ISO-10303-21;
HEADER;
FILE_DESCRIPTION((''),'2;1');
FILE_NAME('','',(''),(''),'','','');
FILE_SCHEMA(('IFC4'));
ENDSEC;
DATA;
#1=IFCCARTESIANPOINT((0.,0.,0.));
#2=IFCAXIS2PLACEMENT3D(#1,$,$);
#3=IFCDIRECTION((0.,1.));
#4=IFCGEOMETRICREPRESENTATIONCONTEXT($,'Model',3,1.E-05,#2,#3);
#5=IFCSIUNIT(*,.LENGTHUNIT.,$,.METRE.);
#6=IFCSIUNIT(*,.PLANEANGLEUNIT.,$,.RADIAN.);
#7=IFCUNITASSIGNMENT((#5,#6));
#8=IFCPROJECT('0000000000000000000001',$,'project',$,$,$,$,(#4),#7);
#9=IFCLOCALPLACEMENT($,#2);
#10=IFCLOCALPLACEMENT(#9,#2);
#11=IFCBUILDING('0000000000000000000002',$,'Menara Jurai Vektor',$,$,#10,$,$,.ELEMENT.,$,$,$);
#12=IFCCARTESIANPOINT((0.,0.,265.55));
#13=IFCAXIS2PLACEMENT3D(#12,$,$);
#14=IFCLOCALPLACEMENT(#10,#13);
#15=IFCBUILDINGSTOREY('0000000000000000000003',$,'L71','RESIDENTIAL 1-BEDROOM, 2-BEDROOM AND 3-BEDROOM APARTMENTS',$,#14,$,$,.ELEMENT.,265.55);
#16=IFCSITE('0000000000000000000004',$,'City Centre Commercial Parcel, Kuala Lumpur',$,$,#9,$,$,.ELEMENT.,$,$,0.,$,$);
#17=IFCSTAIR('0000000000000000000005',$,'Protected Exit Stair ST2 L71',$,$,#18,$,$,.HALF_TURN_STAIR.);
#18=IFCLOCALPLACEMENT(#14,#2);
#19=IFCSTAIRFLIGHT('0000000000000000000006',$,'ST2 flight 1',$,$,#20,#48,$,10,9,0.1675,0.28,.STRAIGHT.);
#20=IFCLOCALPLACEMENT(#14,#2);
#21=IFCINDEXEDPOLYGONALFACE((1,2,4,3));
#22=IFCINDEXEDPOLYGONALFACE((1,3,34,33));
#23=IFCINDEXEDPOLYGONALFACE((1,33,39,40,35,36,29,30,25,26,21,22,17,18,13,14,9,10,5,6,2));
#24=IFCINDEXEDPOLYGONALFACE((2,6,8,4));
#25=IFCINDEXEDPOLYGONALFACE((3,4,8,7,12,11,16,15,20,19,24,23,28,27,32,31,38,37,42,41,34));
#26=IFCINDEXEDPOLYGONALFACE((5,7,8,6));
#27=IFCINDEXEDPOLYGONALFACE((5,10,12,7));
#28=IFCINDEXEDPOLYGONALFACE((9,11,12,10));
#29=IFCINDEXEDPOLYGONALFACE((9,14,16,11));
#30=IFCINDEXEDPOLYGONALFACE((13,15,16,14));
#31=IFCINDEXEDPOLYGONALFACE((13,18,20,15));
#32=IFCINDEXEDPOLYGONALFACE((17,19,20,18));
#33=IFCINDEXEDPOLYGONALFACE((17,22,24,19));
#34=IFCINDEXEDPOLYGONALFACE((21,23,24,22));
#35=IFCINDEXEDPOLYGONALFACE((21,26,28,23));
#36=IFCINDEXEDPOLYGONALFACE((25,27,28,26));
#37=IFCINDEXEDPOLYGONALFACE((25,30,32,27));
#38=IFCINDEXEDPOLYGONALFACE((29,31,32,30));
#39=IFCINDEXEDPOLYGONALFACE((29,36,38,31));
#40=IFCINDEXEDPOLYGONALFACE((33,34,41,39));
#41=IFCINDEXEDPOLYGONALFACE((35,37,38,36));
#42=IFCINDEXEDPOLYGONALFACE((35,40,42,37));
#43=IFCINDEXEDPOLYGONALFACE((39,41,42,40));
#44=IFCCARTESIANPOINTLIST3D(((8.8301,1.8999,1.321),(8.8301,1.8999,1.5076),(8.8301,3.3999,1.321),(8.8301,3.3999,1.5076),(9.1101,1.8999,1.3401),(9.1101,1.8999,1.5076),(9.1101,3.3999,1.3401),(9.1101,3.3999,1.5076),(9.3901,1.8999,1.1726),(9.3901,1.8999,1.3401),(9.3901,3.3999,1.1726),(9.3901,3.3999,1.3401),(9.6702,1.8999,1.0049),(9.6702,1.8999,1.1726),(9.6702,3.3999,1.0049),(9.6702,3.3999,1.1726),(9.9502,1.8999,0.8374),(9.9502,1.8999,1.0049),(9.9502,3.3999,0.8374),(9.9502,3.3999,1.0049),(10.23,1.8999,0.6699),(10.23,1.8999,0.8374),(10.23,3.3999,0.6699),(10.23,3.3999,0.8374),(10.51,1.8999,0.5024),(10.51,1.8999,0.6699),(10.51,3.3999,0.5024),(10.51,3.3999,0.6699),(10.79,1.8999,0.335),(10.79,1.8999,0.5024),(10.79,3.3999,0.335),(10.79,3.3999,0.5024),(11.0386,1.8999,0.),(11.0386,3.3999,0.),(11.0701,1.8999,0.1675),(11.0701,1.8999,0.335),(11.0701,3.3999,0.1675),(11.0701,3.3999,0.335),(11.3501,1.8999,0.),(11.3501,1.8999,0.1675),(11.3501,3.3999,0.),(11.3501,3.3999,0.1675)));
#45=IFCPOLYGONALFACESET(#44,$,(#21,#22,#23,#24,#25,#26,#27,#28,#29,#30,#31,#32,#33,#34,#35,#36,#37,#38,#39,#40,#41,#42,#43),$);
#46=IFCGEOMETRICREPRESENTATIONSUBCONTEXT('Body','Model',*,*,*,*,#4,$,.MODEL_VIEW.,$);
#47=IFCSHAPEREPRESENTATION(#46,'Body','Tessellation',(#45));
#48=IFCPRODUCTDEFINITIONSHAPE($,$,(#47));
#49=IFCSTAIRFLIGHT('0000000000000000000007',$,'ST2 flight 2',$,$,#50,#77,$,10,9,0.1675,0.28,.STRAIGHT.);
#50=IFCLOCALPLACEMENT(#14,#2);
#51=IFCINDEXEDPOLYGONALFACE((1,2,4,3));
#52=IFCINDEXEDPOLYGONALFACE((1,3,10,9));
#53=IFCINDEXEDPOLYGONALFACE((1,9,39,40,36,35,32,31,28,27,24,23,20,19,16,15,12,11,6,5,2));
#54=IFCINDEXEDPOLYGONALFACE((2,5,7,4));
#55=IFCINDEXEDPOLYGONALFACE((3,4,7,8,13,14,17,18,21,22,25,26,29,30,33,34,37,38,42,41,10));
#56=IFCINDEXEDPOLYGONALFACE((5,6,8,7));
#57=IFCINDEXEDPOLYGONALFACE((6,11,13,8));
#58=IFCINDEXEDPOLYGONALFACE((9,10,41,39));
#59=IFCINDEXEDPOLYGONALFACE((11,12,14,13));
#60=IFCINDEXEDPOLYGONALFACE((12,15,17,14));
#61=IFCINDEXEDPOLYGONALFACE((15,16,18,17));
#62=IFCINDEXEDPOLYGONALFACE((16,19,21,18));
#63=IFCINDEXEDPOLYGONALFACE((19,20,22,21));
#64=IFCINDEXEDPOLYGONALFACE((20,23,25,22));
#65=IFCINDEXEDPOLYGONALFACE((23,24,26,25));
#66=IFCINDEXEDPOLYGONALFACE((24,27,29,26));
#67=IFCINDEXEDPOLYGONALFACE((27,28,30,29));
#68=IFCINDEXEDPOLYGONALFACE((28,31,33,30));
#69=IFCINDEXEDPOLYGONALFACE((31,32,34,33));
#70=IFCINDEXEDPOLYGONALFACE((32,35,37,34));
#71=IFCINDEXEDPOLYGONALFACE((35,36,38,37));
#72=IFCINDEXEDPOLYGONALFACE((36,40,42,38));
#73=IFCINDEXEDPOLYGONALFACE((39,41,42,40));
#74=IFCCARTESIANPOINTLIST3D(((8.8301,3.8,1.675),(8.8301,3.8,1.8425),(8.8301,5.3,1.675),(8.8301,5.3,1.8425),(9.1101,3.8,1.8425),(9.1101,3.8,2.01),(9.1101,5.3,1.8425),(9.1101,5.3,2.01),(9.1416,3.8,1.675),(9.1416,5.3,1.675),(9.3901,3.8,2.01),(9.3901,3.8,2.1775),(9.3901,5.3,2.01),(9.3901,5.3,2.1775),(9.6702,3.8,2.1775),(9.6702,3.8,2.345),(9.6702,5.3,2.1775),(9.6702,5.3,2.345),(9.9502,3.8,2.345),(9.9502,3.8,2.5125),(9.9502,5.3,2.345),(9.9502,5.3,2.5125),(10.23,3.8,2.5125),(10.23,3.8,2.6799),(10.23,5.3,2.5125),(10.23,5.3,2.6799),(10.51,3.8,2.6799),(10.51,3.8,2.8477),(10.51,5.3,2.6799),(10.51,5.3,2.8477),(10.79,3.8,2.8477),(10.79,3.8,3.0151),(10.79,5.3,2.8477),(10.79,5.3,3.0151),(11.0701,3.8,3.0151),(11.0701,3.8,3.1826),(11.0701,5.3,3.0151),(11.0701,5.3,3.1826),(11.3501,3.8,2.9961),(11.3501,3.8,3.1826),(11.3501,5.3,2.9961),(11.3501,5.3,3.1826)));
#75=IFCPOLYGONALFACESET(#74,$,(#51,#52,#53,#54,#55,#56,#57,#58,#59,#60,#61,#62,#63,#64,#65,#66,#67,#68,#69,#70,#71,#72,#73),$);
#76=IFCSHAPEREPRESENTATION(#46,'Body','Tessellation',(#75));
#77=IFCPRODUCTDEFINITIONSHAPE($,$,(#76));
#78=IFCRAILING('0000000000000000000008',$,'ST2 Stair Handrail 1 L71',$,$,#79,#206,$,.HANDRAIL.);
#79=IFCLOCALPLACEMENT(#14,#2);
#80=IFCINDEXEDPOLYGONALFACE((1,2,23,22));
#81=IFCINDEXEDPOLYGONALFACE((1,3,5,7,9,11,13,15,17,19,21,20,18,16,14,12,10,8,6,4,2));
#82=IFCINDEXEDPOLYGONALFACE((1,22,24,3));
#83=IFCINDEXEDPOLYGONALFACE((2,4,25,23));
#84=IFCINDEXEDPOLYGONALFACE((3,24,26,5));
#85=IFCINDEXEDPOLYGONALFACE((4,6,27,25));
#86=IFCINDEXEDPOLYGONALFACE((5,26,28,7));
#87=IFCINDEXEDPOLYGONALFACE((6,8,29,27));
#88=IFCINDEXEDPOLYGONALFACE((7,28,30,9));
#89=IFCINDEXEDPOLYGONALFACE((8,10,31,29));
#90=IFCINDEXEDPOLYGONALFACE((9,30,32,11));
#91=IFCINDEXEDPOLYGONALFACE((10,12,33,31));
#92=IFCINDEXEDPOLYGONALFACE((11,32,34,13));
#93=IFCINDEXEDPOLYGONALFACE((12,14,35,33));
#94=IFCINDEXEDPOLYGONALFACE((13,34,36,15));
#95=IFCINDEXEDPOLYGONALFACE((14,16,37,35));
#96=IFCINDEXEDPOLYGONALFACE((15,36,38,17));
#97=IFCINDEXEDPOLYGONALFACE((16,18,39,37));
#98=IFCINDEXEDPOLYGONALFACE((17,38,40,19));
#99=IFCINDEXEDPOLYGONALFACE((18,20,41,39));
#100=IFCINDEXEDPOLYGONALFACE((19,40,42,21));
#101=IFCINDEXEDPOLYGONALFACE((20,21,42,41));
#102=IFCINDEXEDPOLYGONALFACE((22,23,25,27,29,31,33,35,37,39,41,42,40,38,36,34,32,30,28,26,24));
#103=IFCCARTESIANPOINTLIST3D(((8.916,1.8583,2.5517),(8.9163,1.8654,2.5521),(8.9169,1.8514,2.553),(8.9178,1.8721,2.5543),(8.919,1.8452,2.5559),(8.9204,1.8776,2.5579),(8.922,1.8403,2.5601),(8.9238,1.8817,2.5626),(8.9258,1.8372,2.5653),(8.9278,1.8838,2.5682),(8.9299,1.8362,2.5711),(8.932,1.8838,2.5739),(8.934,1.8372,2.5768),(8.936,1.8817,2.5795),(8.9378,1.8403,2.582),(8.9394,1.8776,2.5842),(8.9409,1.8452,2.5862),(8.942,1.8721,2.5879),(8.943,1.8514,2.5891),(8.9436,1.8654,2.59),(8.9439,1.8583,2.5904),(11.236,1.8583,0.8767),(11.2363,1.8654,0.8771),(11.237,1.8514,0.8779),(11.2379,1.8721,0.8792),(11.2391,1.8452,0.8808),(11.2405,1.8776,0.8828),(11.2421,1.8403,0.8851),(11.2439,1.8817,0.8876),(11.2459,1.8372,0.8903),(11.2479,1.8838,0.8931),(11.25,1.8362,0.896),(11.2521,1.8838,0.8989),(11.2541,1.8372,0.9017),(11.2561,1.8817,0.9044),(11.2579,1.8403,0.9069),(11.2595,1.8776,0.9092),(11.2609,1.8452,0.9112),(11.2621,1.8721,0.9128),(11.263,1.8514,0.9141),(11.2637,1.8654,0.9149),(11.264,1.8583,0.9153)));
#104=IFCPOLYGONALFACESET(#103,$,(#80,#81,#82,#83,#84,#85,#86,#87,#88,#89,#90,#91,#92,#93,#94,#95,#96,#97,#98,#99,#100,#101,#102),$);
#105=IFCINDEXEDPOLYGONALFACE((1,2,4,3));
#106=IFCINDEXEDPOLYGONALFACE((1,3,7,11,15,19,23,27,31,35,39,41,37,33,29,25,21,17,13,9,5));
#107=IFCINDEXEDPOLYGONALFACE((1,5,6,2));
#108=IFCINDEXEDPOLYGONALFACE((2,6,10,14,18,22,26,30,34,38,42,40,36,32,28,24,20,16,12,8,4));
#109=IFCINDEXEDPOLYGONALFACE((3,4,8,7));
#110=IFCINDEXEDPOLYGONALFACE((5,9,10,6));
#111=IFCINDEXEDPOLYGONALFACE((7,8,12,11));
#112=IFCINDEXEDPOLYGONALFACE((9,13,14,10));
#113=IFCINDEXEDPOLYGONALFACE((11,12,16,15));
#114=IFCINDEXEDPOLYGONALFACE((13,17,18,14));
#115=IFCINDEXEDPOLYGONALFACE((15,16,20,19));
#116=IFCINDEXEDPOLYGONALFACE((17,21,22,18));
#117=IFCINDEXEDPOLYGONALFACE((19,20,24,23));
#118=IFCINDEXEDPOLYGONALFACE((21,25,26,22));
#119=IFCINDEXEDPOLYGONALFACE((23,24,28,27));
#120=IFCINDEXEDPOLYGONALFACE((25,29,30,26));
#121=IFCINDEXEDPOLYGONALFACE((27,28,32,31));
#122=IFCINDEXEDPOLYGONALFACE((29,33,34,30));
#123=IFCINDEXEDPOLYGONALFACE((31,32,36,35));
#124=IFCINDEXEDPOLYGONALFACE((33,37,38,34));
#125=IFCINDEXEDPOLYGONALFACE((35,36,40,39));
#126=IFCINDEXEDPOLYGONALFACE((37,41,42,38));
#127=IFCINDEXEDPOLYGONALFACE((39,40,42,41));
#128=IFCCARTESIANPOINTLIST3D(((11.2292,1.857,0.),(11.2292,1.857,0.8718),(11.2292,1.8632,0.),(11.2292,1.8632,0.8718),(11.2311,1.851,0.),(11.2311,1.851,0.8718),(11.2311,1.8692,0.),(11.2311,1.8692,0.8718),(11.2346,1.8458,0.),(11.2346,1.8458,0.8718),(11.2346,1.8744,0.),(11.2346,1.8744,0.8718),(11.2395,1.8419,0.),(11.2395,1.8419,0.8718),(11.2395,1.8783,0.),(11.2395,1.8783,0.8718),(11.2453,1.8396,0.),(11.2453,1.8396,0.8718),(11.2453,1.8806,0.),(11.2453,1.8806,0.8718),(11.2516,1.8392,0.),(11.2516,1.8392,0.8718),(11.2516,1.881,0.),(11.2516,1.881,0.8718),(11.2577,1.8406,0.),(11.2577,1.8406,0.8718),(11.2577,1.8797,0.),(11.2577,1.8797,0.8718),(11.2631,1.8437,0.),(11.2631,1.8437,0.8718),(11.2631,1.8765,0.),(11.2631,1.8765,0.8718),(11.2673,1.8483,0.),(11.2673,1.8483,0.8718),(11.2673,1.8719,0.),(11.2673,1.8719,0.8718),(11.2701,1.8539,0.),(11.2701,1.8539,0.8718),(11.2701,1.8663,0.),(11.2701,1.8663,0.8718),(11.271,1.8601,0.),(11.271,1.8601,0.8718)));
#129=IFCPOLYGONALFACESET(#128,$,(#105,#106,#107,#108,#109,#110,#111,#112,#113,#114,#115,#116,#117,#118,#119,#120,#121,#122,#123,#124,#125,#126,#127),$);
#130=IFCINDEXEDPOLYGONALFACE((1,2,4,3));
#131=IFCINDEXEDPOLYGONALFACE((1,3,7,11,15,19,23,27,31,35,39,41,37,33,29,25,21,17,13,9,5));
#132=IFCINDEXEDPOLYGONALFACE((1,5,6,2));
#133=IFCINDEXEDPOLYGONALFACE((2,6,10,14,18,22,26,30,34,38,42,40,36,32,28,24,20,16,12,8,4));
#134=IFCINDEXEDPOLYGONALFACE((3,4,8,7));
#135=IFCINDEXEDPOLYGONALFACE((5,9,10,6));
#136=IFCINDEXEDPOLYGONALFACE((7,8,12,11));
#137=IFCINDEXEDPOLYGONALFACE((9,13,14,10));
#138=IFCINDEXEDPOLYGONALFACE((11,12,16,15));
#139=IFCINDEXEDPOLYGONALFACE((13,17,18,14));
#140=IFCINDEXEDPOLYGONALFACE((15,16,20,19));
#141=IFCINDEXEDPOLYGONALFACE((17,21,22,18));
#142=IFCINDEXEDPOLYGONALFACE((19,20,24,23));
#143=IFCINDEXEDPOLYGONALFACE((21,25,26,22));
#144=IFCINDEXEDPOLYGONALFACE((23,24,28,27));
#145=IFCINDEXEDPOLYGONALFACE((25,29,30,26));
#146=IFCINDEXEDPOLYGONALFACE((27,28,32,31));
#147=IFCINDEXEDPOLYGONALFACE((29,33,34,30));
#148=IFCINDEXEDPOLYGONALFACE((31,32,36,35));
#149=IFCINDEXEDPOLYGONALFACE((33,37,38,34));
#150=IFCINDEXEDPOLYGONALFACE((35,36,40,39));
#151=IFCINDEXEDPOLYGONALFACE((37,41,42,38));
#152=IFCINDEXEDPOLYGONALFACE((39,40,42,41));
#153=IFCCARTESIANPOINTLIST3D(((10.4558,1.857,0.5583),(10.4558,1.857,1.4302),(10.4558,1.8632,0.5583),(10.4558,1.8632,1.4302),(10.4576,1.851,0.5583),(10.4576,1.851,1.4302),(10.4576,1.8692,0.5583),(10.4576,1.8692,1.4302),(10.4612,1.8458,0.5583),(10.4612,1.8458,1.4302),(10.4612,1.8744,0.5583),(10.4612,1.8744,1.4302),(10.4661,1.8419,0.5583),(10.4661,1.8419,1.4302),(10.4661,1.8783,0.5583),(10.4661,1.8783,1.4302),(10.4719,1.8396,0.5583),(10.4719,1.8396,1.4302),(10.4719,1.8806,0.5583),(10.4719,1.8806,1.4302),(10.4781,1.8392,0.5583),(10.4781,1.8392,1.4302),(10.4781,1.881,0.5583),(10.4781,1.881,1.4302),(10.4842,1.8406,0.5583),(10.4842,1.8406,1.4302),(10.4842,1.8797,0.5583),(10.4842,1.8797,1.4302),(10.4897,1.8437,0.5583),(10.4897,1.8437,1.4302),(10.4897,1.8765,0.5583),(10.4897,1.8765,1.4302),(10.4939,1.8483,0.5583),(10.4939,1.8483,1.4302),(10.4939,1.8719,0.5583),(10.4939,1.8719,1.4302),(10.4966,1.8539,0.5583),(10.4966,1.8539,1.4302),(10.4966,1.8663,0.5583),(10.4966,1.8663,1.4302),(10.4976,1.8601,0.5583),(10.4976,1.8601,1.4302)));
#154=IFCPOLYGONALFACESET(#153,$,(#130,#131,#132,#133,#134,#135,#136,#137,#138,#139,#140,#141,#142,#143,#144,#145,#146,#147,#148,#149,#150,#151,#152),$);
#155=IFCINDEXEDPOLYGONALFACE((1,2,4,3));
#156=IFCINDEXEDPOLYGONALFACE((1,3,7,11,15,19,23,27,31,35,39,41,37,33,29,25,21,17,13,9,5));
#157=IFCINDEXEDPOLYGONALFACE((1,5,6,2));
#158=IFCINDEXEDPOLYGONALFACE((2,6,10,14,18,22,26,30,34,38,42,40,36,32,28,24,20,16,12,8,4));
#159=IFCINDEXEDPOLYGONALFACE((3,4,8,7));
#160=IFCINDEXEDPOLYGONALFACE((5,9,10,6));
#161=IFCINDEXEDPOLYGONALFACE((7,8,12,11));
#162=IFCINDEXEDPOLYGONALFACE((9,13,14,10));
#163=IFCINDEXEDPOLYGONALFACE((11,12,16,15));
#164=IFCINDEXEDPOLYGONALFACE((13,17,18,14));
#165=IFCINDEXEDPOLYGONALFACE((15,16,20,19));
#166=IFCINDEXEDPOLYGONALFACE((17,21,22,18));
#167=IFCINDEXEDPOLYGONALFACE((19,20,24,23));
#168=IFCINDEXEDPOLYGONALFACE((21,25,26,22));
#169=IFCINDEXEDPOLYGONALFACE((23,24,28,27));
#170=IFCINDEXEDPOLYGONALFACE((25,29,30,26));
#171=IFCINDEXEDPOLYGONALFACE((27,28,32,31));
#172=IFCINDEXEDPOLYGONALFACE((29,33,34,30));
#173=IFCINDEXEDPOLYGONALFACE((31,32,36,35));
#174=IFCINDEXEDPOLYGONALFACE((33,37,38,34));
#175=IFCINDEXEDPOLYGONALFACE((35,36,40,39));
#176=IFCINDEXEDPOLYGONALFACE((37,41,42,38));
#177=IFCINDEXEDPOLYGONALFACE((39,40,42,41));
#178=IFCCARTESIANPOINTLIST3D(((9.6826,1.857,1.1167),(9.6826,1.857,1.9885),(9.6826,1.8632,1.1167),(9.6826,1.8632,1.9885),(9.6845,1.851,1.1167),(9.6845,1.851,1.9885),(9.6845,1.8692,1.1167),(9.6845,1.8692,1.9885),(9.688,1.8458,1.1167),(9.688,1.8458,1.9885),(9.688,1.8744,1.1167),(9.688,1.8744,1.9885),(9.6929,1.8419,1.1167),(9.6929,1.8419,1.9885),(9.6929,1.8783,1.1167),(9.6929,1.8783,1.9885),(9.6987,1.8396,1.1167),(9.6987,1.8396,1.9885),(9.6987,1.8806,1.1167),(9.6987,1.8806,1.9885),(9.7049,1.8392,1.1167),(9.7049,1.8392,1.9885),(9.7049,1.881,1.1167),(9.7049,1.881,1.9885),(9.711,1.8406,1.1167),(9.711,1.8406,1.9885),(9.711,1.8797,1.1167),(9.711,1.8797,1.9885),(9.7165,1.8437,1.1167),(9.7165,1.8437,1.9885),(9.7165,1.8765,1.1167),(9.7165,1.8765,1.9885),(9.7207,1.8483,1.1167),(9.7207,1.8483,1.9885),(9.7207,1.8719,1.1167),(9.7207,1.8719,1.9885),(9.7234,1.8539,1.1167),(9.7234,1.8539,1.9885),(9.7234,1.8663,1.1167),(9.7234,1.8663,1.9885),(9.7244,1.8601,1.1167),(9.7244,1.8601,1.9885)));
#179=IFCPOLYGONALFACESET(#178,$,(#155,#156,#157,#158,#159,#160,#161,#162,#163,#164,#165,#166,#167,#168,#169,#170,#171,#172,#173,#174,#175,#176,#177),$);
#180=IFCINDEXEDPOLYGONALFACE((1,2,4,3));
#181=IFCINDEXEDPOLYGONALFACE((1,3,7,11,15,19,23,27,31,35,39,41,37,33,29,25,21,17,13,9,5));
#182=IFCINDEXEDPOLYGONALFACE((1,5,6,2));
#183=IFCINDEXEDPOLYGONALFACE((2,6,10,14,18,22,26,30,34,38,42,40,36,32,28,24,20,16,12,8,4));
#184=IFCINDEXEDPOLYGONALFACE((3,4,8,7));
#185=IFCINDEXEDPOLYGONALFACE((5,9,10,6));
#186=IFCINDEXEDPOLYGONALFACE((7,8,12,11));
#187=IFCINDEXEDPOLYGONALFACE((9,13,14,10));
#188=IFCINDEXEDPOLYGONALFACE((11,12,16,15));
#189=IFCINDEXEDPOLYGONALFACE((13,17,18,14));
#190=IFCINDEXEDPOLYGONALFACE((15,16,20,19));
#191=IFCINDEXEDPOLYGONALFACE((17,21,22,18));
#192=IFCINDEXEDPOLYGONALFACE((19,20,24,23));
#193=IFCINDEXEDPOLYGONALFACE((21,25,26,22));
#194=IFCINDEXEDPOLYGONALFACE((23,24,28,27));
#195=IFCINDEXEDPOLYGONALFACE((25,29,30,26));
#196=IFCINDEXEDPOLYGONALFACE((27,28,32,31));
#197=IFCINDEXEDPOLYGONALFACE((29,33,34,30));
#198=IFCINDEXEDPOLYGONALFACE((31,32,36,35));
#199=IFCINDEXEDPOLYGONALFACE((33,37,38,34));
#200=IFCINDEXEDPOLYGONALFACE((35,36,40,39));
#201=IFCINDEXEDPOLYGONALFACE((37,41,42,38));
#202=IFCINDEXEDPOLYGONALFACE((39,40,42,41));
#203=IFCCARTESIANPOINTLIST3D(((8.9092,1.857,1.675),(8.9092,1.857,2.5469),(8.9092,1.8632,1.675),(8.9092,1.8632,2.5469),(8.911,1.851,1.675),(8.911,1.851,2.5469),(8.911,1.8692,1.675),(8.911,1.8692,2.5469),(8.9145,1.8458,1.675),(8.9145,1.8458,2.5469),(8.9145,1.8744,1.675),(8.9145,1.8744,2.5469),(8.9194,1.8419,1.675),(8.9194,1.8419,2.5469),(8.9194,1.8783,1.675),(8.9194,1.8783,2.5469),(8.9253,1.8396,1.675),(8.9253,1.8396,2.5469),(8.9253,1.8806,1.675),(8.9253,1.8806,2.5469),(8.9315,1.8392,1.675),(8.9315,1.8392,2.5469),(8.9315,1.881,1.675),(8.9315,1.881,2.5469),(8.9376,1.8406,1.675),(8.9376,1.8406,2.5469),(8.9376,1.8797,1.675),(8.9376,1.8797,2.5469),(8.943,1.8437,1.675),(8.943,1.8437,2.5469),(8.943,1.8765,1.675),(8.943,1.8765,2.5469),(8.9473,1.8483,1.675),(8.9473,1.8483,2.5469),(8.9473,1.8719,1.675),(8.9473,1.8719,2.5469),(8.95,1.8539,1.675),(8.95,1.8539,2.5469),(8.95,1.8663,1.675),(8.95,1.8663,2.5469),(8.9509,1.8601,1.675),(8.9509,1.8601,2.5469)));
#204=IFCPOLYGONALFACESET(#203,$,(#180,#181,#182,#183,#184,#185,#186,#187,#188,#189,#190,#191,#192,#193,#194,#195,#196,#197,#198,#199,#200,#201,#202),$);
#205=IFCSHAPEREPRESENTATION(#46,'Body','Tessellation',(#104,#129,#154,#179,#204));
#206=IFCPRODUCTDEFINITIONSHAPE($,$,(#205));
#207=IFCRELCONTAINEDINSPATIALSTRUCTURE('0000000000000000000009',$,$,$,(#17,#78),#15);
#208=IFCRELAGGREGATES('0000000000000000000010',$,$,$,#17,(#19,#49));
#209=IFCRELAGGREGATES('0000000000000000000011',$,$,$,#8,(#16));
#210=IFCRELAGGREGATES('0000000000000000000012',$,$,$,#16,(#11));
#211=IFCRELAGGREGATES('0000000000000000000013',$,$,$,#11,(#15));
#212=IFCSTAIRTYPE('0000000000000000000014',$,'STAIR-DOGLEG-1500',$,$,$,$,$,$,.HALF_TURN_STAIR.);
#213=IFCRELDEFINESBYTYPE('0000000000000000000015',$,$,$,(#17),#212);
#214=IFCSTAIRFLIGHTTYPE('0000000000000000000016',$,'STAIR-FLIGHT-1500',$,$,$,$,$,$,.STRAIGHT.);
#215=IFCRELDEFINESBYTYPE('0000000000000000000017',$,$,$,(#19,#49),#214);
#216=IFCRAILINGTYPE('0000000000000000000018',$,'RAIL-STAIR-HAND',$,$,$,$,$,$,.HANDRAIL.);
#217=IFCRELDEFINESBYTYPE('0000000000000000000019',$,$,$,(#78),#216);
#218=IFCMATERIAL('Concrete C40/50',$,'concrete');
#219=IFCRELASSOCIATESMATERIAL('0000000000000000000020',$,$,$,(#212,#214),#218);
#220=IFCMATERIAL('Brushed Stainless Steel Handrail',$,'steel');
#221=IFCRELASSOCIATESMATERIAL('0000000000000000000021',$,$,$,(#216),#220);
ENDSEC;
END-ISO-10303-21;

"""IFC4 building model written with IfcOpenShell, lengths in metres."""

from ifc_helpers import new_model, si_unit, direction, frame, origin, origin_2d, place, context, subcontext, project, spatial, polyline, circle, outline, extrude, material, type_object, element, aggregate, save


model = new_model("IFC4")

# Units and contexts
model_context = context("Model", 3, precision=1e-05, world=origin(), true_north=direction((0.0, 1.0)))
body_context = subcontext(model_context, "Body", "Model", "MODEL_VIEW")
ifc_project = project(units=[si_unit("LENGTHUNIT", "METRE"), si_unit("PLANEANGLEUNIT", "RADIAN")], contexts=[model_context])

# Site, building, storey
site_placement = place(None, origin())
site = spatial("IfcSite", under=ifc_project, at=site_placement, Name="City Centre Commercial Parcel, Kuala Lumpur", CompositionType="ELEMENT", RefElevation=0.0)
building_placement = place(site_placement, origin())
building = spatial("IfcBuilding", under=site, at=building_placement, Name="Menara Jurai Vektor", CompositionType="ELEMENT")
storey_placement = place(building_placement, frame((0.0, 0.0, 265.55)))
storey = spatial("IfcBuildingStorey", under=building, at=storey_placement, Name="L71", Description="RESIDENTIAL 1-BEDROOM, 2-BEDROOM AND 3-BEDROOM APARTMENTS", CompositionType="ELEMENT", Elevation=265.55)

# Shared definitions
ifc_material_1 = material(Name="Concrete C40/50", Category="concrete")

# Stair, stair flights
stair_type = type_object("IfcStairType", Name="STAIR-DOGLEG-1500", PredefinedType="HALF_TURN_STAIR", material=ifc_material_1)
stair_placement = place(storey_placement, origin())
stair = element("IfcStair", 1, at=stair_placement, inside=storey, type_object=stair_type, Name="Protected Exit Stair ST2 L71", PredefinedType="HALF_TURN_STAIR")
stair_flight_type = type_object("IfcStairFlightType", Name="STAIR-FLIGHT-1500", PredefinedType="STRAIGHT", material=ifc_material_1)
stair_flight_1_placement = place(storey_placement, frame((11.3501, 2.6499, 0.0), z_axis=(0.0, 0.0, 1.0), x_axis=(-1.0, 0.0, 0.0)))
stair_flight_1 = element("IfcStairFlight", 2, at=stair_flight_1_placement, type_object=stair_flight_type, Name="ST2 flight 1", NumberOfRisers=10, NumberOfTreads=9, PredefinedType="STRAIGHT", RiserHeight=0.1675, TreadLength=0.28, context=body_context, shape_type="SweptSolid", body=[
    extrude(outline(polyline([(0.0, 0.0), (0.0, 0.1675), (0.28, 0.1675), (0.28, 0.335), (0.5601, 0.335), (0.5601, 0.5024), (0.8401, 0.5024), (0.8401, 0.6699), (1.1201, 0.6699), (1.1201, 0.8374), (1.3999, 0.8374), (1.3999, 1.0049), (1.6799, 1.0049), (1.6799, 1.1726), (1.96, 1.1726), (1.96, 1.3401), (2.24, 1.3401), (2.24, 1.5076), (2.52, 1.5076), (2.52, 1.675), (2.52, 1.321), (0.3115, 0.0), (0.0, 0.0)])), frame((0.0, 0.75, 0.0), z_axis=(0.0, -1.0, 0.0), x_axis=(1.0, 0.0, 0.0)), (0.0, 0.0, 1.0), 1.5),
])
stair_flight_2_placement = place(storey_placement, frame((8.8301, 4.55, 1.675), z_axis=(0.0, 0.0, 1.0), x_axis=(1.0, 0.0, 0.0)))
stair_flight_2 = element("IfcStairFlight", 3, at=stair_flight_2_placement, type_object=stair_flight_type, Name="ST2 flight 2", NumberOfRisers=10, NumberOfTreads=9, PredefinedType="STRAIGHT", RiserHeight=0.1675, TreadLength=0.28, context=body_context, shape_type="SweptSolid", body=[
    extrude(outline(polyline([(0.0, 0.0), (0.0, 0.1675), (0.28, 0.1675), (0.28, 0.335), (0.5601, 0.335), (0.5601, 0.5024), (0.8401, 0.5024), (0.8401, 0.6699), (1.1201, 0.6699), (1.1201, 0.8374), (1.3999, 0.8374), (1.3999, 1.0049), (1.6799, 1.0049), (1.6799, 1.1726), (1.96, 1.1726), (1.96, 1.3401), (2.24, 1.3401), (2.24, 1.5076), (2.52, 1.5076), (2.52, 1.675), (2.52, 1.321), (0.3115, 0.0), (0.0, 0.0)])), frame((0.0, 0.75, 0.0), z_axis=(0.0, -1.0, 0.0), x_axis=(1.0, 0.0, 0.0)), (0.0, 0.0, 1.0), 1.5),
])
aggregate(stair, [stair_flight_1, stair_flight_2])

# Railing
ifc_material_2 = material(Name="Brushed Stainless Steel Handrail", Category="steel")
railing_type_1 = type_object("IfcRailingType", Name="RAIL-STAIR-HAND", PredefinedType="HANDRAIL", material=ifc_material_2)
railing_1_placement = place(storey_placement, frame((11.25, 1.8601, 0.0)))
element("IfcRailing", 4, at=railing_1_placement, inside=storey, type_object=railing_type_1, Name="ST2 Stair Handrail 1 L71", PredefinedType="HANDRAIL", context=body_context, shape_type="SweptSolid", body=[
    extrude(circle(Radius=0.0239, at=origin_2d()), frame((0.0, 0.0, 0.896), z_axis=(-0.810771, 0.0, 0.585363), x_axis=(0.0, -1.0, 0.0)), (0.0, 0.0, 1.0), 2.8616),
    extrude(circle(Radius=0.021, at=origin_2d()), origin(), (0.0, 0.0, 1.0), 0.8718),
    extrude(circle(Radius=0.021, at=origin_2d()), frame((-0.7734, 0.0, 0.5583)), (0.0, 0.0, 1.0), 0.8718),
    extrude(circle(Radius=0.021, at=origin_2d()), frame((-1.5466, 0.0, 1.1167)), (0.0, 0.0, 1.0), 0.8718),
    extrude(circle(Radius=0.021, at=origin_2d()), frame((-2.3201, 0.0, 1.675)), (0.0, 0.0, 1.0), 0.8718),
])

save(model, "model.ifc")
